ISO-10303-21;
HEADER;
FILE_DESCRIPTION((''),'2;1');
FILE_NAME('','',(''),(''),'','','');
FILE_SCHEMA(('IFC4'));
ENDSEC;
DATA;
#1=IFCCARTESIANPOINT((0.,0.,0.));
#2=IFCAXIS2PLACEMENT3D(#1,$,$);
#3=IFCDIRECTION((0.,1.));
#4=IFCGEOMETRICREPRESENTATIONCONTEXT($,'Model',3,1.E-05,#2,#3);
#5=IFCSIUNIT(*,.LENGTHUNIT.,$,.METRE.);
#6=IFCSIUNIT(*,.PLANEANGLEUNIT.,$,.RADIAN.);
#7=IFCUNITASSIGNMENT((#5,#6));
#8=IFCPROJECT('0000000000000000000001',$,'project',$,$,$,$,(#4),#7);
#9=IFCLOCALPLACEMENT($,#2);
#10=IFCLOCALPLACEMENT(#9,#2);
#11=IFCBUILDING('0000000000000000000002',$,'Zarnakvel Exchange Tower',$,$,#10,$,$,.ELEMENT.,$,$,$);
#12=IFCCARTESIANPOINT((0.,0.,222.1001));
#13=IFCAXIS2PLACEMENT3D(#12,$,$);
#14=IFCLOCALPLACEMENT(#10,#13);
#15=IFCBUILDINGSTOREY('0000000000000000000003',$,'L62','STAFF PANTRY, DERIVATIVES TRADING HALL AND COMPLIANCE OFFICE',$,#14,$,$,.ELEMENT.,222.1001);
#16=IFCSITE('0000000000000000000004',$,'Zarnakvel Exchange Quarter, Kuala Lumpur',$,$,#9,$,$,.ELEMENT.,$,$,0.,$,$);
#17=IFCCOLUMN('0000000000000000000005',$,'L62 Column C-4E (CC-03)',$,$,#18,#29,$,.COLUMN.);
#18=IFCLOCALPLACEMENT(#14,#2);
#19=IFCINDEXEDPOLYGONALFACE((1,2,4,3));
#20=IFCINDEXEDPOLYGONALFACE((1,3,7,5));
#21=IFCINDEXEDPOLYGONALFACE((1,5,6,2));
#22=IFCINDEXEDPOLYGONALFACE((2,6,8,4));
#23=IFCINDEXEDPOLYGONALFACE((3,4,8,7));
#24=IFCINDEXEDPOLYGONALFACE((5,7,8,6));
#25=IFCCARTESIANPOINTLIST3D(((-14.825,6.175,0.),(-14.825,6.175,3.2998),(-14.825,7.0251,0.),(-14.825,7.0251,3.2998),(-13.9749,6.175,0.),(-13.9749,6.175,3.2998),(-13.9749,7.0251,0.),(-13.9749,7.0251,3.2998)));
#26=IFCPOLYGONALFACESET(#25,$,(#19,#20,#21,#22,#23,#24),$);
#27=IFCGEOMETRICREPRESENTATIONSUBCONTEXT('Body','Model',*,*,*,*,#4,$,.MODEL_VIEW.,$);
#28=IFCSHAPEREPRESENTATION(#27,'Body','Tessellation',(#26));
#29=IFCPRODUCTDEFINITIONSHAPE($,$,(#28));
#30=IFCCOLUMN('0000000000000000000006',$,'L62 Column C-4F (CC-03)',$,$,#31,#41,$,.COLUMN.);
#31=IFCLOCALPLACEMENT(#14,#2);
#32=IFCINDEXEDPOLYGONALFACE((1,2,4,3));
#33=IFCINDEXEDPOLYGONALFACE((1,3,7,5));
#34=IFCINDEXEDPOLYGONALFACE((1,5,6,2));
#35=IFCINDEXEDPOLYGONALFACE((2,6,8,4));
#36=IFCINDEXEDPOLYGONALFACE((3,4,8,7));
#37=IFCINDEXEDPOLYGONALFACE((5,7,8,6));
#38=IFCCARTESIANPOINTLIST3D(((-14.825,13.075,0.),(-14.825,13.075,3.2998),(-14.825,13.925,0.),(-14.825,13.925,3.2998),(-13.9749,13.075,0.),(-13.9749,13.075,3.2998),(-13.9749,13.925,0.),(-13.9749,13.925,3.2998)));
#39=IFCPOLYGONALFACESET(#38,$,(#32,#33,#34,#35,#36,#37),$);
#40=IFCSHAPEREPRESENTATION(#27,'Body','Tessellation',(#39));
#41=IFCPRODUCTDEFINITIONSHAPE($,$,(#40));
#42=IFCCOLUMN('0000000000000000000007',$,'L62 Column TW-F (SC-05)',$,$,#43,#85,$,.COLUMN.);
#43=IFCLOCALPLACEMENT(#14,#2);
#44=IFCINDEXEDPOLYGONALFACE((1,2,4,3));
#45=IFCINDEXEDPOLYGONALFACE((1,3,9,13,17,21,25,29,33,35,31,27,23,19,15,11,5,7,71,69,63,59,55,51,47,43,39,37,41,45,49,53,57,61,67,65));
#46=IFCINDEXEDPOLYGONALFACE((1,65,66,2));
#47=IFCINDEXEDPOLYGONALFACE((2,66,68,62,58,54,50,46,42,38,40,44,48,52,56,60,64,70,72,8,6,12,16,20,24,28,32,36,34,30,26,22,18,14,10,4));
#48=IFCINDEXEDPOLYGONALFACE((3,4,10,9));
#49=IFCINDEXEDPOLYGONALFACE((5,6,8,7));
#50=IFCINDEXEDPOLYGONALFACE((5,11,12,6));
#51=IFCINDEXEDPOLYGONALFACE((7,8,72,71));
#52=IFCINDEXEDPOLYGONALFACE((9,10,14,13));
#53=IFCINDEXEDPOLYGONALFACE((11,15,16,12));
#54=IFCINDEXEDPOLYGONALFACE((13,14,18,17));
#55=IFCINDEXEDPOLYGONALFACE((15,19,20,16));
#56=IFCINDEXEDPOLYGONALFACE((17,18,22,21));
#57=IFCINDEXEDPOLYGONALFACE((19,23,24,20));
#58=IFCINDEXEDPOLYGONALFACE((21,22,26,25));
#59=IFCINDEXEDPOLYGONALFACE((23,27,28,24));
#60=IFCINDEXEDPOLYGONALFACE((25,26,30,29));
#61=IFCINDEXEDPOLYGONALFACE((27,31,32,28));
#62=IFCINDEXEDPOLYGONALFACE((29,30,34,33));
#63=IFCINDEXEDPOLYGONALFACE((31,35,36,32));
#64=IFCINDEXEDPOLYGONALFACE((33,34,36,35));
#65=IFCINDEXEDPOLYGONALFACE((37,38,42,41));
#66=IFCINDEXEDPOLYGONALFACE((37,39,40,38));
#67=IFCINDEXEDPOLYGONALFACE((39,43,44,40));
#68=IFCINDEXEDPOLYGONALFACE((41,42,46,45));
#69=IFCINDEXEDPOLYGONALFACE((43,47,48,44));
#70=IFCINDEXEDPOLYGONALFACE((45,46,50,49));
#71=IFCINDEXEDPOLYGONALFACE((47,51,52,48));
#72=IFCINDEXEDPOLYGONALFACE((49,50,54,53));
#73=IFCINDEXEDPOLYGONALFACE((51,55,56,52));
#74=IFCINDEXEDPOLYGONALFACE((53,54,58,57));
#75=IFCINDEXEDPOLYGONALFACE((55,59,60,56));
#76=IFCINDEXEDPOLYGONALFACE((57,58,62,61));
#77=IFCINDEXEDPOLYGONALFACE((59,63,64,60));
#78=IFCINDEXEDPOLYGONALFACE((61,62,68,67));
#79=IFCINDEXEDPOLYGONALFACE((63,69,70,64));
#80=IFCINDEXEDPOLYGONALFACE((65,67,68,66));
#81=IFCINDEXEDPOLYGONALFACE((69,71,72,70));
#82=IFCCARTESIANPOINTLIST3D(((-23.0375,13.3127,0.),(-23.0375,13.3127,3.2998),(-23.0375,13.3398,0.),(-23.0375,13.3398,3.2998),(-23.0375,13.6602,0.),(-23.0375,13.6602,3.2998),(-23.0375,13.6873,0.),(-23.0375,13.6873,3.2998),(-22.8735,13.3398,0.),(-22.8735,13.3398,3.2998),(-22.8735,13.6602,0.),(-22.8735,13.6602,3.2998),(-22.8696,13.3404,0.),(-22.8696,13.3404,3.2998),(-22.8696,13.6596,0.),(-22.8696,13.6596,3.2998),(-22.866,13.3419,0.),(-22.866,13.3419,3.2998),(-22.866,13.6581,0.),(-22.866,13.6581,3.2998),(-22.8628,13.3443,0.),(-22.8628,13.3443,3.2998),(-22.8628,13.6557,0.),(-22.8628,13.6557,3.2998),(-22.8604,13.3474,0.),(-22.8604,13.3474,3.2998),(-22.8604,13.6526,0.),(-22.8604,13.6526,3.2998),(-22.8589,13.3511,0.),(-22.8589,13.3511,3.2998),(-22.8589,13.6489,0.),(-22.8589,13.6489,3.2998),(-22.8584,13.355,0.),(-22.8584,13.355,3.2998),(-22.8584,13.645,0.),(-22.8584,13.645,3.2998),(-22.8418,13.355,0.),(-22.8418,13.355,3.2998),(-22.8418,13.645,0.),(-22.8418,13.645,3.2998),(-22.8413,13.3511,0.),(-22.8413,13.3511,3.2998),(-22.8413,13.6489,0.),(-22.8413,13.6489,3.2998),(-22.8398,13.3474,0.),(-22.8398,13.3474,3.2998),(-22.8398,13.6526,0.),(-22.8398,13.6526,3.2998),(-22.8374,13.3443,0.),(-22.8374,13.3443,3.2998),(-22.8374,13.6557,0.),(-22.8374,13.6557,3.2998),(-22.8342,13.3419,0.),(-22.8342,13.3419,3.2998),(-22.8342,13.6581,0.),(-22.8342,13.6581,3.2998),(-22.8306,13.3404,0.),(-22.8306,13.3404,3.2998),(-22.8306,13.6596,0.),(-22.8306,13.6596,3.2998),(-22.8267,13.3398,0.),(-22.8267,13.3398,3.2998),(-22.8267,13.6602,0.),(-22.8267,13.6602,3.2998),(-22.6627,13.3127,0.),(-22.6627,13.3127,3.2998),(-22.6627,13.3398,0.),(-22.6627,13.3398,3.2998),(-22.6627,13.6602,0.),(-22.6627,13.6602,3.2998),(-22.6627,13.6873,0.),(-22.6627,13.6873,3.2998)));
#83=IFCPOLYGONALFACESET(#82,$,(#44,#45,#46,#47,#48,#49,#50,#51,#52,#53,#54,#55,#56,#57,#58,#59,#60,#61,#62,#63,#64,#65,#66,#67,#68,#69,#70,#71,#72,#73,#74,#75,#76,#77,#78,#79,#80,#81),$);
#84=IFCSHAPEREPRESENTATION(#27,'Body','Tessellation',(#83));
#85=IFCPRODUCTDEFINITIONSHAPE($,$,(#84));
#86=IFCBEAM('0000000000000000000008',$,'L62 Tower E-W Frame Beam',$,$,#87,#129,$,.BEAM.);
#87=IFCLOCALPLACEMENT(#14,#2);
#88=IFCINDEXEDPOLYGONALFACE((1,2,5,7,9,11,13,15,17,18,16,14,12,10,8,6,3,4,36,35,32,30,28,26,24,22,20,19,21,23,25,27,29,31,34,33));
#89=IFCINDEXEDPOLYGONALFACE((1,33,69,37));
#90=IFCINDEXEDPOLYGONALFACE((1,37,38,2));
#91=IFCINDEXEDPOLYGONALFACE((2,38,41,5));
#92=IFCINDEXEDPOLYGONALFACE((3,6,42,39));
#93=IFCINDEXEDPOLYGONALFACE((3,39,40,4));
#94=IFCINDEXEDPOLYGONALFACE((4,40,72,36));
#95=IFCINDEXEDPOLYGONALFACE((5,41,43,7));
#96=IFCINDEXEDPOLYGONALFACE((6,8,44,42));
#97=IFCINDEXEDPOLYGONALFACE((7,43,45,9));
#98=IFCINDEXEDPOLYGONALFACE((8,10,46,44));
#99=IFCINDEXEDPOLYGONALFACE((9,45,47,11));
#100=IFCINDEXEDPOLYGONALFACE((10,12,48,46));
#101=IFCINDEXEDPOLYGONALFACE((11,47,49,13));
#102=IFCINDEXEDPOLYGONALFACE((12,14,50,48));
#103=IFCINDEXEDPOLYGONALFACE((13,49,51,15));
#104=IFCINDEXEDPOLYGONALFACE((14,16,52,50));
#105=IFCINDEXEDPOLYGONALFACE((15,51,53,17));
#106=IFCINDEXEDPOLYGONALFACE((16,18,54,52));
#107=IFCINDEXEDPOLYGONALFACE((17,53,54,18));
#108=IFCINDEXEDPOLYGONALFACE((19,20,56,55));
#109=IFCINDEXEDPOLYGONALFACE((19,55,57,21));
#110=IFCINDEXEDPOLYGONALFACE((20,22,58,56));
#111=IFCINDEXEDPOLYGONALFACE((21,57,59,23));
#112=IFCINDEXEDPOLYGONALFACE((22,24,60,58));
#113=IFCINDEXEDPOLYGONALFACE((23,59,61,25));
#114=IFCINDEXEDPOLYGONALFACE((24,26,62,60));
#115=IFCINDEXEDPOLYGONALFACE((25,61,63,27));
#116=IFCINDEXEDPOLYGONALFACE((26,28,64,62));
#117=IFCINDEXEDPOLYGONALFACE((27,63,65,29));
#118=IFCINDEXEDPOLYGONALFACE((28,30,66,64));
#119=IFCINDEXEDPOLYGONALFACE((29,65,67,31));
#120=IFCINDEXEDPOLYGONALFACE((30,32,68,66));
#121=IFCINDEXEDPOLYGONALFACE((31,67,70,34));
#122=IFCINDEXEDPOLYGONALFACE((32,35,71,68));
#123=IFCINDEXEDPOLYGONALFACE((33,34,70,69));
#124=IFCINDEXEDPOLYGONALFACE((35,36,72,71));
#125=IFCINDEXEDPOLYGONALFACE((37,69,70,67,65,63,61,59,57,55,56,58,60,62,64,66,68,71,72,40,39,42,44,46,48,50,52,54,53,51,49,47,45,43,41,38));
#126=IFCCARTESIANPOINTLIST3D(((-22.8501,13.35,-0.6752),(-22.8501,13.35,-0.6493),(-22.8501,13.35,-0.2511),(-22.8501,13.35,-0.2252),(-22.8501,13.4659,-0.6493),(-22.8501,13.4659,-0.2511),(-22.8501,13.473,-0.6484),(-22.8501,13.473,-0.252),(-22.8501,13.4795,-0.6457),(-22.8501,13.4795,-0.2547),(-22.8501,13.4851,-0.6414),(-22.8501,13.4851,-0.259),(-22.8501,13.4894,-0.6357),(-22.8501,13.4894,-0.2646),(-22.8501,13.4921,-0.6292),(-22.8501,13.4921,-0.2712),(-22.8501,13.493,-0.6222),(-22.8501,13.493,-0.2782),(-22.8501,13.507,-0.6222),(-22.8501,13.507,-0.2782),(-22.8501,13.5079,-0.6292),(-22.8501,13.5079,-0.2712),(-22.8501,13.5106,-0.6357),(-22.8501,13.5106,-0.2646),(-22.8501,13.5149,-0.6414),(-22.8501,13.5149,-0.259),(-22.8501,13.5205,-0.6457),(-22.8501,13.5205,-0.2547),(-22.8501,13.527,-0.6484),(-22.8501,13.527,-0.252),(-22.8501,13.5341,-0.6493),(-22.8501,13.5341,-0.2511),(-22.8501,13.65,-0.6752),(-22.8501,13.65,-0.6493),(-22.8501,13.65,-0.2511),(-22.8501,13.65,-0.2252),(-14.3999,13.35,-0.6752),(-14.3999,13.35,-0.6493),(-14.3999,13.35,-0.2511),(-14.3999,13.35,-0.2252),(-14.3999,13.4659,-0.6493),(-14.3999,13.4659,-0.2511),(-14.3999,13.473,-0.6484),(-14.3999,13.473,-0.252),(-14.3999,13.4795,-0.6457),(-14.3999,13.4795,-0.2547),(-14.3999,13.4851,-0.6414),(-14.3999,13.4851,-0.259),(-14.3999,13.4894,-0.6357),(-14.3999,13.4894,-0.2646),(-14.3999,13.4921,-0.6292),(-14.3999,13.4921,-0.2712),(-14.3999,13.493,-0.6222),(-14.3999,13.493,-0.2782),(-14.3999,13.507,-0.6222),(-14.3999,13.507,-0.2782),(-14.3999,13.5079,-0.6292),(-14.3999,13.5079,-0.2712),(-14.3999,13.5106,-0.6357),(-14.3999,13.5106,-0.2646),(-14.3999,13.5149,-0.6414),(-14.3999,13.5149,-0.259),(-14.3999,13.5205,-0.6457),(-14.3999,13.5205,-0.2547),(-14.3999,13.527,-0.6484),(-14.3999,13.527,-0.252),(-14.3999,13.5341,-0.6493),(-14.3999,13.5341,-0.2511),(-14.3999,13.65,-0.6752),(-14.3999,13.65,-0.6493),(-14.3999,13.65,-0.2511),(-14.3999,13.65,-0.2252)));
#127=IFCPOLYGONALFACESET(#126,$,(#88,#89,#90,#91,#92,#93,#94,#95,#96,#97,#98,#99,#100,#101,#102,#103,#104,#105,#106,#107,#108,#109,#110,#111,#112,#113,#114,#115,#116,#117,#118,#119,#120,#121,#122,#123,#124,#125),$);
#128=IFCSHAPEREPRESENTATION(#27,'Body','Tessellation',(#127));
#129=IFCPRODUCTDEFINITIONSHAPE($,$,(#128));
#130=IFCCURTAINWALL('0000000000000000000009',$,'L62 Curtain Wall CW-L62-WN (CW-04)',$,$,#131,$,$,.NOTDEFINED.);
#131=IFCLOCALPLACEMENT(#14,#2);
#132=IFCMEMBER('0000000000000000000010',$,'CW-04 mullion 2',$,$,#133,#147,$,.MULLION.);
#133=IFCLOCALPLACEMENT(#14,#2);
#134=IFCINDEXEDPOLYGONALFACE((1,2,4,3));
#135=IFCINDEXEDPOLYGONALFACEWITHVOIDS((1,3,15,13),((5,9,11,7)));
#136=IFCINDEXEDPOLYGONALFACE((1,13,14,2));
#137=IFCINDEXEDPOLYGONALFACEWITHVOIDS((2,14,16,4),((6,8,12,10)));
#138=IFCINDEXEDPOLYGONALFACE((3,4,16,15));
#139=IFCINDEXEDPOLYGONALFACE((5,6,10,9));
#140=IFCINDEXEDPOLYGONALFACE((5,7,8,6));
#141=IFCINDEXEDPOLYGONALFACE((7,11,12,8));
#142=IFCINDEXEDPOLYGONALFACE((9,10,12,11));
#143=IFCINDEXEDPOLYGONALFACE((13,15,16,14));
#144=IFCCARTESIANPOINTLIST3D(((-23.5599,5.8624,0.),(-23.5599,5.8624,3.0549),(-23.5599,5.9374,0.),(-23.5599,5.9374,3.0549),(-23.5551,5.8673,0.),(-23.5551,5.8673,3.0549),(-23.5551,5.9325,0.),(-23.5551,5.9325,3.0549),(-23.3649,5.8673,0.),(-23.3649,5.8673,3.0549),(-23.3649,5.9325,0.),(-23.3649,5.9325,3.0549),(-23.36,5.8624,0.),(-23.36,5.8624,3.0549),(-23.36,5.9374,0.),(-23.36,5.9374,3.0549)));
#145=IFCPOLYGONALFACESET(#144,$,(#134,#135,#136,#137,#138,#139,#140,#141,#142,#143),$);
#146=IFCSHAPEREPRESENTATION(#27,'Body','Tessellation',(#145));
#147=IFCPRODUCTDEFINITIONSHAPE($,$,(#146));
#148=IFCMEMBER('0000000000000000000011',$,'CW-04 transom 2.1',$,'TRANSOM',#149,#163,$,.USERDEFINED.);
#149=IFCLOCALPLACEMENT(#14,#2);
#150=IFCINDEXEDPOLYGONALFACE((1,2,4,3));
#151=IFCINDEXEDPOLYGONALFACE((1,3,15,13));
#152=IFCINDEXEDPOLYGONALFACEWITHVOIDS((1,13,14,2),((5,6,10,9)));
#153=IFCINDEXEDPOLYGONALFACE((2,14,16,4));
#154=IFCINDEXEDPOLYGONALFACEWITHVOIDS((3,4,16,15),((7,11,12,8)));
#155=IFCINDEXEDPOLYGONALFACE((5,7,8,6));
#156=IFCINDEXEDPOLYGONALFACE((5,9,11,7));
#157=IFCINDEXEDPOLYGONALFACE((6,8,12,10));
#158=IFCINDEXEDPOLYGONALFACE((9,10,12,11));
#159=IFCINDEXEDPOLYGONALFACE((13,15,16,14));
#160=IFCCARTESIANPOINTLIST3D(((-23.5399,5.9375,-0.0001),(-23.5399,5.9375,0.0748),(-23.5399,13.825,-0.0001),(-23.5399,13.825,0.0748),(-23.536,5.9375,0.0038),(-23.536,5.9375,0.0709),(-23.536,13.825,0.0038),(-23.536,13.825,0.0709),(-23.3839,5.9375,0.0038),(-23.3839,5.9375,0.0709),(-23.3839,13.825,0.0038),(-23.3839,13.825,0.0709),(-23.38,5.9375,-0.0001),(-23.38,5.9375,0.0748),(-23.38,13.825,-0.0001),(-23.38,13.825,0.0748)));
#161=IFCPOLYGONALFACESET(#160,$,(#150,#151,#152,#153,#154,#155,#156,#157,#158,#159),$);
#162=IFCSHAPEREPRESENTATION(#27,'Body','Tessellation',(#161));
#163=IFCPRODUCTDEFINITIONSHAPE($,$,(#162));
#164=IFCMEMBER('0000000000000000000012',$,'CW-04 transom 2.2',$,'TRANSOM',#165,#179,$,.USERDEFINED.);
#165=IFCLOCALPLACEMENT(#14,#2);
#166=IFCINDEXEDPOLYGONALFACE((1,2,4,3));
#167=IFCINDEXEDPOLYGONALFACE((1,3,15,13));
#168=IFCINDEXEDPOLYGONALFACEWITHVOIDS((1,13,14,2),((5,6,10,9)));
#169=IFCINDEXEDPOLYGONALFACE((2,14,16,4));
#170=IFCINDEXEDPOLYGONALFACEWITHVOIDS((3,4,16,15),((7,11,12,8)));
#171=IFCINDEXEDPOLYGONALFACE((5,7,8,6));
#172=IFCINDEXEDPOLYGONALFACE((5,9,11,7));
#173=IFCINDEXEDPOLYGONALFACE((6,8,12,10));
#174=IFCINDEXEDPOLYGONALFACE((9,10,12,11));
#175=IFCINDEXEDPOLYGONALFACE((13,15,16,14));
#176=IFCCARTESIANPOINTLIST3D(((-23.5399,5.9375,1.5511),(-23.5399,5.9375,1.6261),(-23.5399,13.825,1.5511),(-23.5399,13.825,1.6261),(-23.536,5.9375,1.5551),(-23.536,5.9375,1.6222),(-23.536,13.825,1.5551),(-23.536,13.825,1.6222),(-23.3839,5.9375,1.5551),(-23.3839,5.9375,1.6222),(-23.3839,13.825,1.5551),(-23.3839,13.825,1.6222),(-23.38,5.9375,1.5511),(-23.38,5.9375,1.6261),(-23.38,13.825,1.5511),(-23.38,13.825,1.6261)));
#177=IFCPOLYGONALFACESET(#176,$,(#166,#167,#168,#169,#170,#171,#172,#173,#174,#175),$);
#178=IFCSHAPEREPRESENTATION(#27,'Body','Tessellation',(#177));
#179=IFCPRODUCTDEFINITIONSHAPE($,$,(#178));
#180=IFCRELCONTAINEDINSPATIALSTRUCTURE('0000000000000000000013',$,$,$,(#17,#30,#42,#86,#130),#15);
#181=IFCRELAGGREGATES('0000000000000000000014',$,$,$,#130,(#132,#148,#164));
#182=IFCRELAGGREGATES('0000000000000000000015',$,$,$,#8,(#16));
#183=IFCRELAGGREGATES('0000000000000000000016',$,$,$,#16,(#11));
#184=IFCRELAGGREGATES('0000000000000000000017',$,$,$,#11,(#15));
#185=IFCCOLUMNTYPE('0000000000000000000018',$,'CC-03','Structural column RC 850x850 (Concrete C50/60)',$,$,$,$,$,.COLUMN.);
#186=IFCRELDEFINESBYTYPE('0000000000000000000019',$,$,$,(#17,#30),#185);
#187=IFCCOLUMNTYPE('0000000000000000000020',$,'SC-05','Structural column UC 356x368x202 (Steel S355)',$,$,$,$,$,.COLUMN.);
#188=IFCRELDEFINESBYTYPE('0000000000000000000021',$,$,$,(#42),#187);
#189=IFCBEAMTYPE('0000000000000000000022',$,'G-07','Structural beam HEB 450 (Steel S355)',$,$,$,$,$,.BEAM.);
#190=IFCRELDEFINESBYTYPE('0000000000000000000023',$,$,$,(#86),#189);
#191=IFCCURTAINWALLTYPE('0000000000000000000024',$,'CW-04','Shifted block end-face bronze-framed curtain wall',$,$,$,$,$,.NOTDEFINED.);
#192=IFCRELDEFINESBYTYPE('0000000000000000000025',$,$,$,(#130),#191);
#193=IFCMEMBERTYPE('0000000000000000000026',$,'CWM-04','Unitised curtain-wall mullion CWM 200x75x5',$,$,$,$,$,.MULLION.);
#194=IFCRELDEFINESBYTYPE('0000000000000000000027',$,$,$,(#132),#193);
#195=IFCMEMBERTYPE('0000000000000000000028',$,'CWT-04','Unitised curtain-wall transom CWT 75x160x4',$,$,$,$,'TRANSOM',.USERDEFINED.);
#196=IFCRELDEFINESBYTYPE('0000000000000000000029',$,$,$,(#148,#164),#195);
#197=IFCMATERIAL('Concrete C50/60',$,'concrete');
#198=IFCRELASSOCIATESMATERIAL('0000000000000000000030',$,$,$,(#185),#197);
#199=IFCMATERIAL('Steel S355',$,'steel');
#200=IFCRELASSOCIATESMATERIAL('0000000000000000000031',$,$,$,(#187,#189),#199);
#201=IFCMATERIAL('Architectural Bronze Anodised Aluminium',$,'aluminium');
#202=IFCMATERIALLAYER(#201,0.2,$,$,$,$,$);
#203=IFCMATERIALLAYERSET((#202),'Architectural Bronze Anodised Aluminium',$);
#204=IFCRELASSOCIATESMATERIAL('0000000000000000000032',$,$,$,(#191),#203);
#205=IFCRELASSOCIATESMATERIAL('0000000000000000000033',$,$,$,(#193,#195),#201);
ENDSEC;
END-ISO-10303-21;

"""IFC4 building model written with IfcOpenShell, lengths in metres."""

from ifc_helpers import new_model, si_unit, direction, frame, origin, origin_2d, place, context, subcontext, project, spatial, rectangle, hollow_rectangle, i_section, extrude, source, transform, mapped, material, layer, layer_set, material_profile, profile_set, type_object, element, aggregate, save


model = new_model("IFC4")

# Units and contexts
model_context = context("Model", 3, precision=1e-05, world=origin(), true_north=direction((0.0, 1.0)))
body_context = subcontext(model_context, "Body", "Model", "MODEL_VIEW")
ifc_project = project(units=[si_unit("LENGTHUNIT", "METRE"), si_unit("PLANEANGLEUNIT", "RADIAN")], contexts=[model_context])

# Site, building, storey
site_placement = place(None, origin())
site = spatial("IfcSite", under=ifc_project, at=site_placement, Name="Zarnakvel Exchange Quarter, Kuala Lumpur", CompositionType="ELEMENT", RefElevation=0.0)
building_placement = place(site_placement, origin())
building = spatial("IfcBuilding", under=site, at=building_placement, Name="Zarnakvel Exchange Tower", CompositionType="ELEMENT")
storey_placement = place(building_placement, frame((0.0, 0.0, 222.1001)))
storey = spatial("IfcBuildingStorey", under=building, at=storey_placement, Name="L62", Description="STAFF PANTRY, DERIVATIVES TRADING HALL AND COMPLIANCE OFFICE", CompositionType="ELEMENT", Elevation=222.1001)

# Columns
ifc_material_1 = material(Name="Concrete C50/60", Category="concrete")
ifc_material_profile_1 = material_profile(ifc_material_1, rectangle(XDim=0.8501, YDim=0.8501, at=origin_2d()))
ifc_profile_set_1 = profile_set([ifc_material_profile_1], Name="Concrete C50/60")
column_type_1 = type_object("IfcColumnType", Name="CC-03", Description="Structural column RC 850x850 (Concrete C50/60)", PredefinedType="COLUMN", material=ifc_profile_set_1)
for number, where, z_axis, x_axis, name in (
    (1, (-14.3999, 6.6001, 0.0), (0.0, 0.0, 1.0), (1.0, 0.0, 0.0), "L62 Column C-4E (CC-03)"),
    (2, (-14.3999, 13.5, 0.0), (0.0, 0.0, 1.0), (1.0, 0.0, 0.0), "L62 Column C-4F (CC-03)"),
):
    element("IfcColumn", number, at=place(storey_placement, frame(where, z_axis=z_axis, x_axis=x_axis)), inside=storey, type_object=column_type_1, Name=name, PredefinedType="COLUMN", context=body_context, shape_type="SweptSolid", body=[
        extrude(rectangle(XDim=0.8501, YDim=0.8501, at=origin_2d()), origin(), (0.0, 0.0, 1.0), 3.2998),
    ])
ifc_material_2 = material(Name="Steel S355", Category="steel")
ifc_material_profile_2 = material_profile(ifc_material_2, i_section(OverallWidth=0.3748, OverallDepth=0.3745, WebThickness=0.0166, FlangeThickness=0.0271, FilletRadius=0.0151, at=origin_2d()))
ifc_profile_set_2 = profile_set([ifc_material_profile_2], Name="Steel S355")
column_type_2 = type_object("IfcColumnType", Name="SC-05", Description="Structural column UC 356x368x202 (Steel S355)", PredefinedType="COLUMN", material=ifc_profile_set_2)
column_placement = place(storey_placement, frame((-22.8501, 13.5, 0.0), z_axis=(0.0, 0.0, 1.0), x_axis=(1.0, 0.0, 0.0)))
element("IfcColumn", 3, at=column_placement, inside=storey, type_object=column_type_2, Name="L62 Column TW-F (SC-05)", PredefinedType="COLUMN", context=body_context, shape_type="SweptSolid", body=[
    extrude(i_section(OverallWidth=0.3748, OverallDepth=0.3745, WebThickness=0.0166, FlangeThickness=0.0271, FilletRadius=0.0151, at=origin_2d()), origin(), (0.0, 0.0, 1.0), 3.2998),
])

# Beam
ifc_material_profile_3 = material_profile(ifc_material_2, i_section(OverallWidth=0.3, OverallDepth=0.45, WebThickness=0.0139, FlangeThickness=0.0259, FilletRadius=0.0271, at=origin_2d()))
ifc_profile_set_3 = profile_set([ifc_material_profile_3], Name="Steel S355")
beam_type = type_object("IfcBeamType", Name="G-07", Description="Structural beam HEB 450 (Steel S355)", PredefinedType="BEAM", material=ifc_profile_set_3)
beam_placement = place(storey_placement, frame((-22.8501, 13.5, -0.4502), z_axis=(1.0, 0.0, 0.0), x_axis=(0.0, 1.0, 0.0)))
element("IfcBeam", 4, at=beam_placement, inside=storey, type_object=beam_type, Name="L62 Tower E-W Frame Beam", PredefinedType="BEAM", context=body_context, shape_type="SweptSolid", body=[
    extrude(i_section(OverallWidth=0.3, OverallDepth=0.45, WebThickness=0.0139, FlangeThickness=0.0259, FilletRadius=0.0271, at=origin_2d()), origin(), (0.0, 0.0, 1.0), 8.4502),
])

# Curtain wall, members
ifc_material_3 = material(Name="Architectural Bronze Anodised Aluminium", Category="aluminium")
ifc_layer_1 = layer(ifc_material_3, 0.2)
ifc_layer_set_1 = layer_set([ifc_layer_1], Name="Architectural Bronze Anodised Aluminium")
curtain_wall_type = type_object("IfcCurtainWallType", Name="CW-04", Description="Shifted block end-face bronze-framed curtain wall", PredefinedType="NOTDEFINED", material=ifc_layer_set_1)
curtain_wall_placement = place(storey_placement, origin())
curtain_wall = element("IfcCurtainWall", 5, at=curtain_wall_placement, inside=storey, type_object=curtain_wall_type, Name="L62 Curtain Wall CW-L62-WN (CW-04)", PredefinedType="NOTDEFINED")
ifc_material_profile_4 = material_profile(ifc_material_3, hollow_rectangle(XDim=0.2, YDim=0.075, WallThickness=0.0049, at=origin_2d()))
ifc_profile_set_4 = profile_set([ifc_material_profile_4], Name="Architectural Bronze Anodised Aluminium")
member_type_1 = type_object("IfcMemberType", Name="CWM-04", Description="Unitised curtain-wall mullion CWM 200x75x5", PredefinedType="MULLION", material=ifc_profile_set_4)
shared_shape_1 = source(origin(), body_context, "Body", "SweptSolid", [
    extrude(hollow_rectangle(XDim=0.2, YDim=0.075, WallThickness=0.0049, at=origin_2d()), origin(), (0.0, 0.0, 1.0), 3.0549),
])
member_1_placement = place(storey_placement, frame((-23.46, 5.8999, 0.0), z_axis=(0.0, 0.0, 1.0), x_axis=(-1.0, 0.0, 0.0)))
member_1 = element("IfcMember", 6, at=member_1_placement, type_object=member_type_1, Name="CW-04 mullion 2", PredefinedType="MULLION", context=body_context, shape_type="MappedRepresentation", body=[
    mapped(shared_shape_1, transform((0.0, 0.0, 0.0), x_axis=(1.0, 0.0, 0.0), y_axis=(0.0, 1.0, 0.0), z_axis=(0.0, 0.0, 1.0), scale=1.0)),
])
ifc_material_profile_5 = material_profile(ifc_material_3, hollow_rectangle(XDim=0.1599, YDim=0.075, WallThickness=0.0039, at=origin_2d()))
ifc_profile_set_5 = profile_set([ifc_material_profile_5], Name="Architectural Bronze Anodised Aluminium")
member_type_2 = type_object("IfcMemberType", Name="CWT-04", Description="Unitised curtain-wall transom CWT 75x160x4", ElementType="TRANSOM", PredefinedType="USERDEFINED", material=ifc_profile_set_5)
shared_shape_2 = source(origin(), body_context, "Body", "SweptSolid", [
    extrude(hollow_rectangle(XDim=0.1599, YDim=0.075, WallThickness=0.0039, at=origin_2d()), origin(), (0.0, 0.0, 1.0), 7.8875),
])
member_2_placement = place(storey_placement, frame((-23.46, 5.9375, 0.0374), z_axis=(0.0, 1.0, 0.0), x_axis=(-1.0, 0.0, 0.0)))
member_2 = element("IfcMember", 7, at=member_2_placement, type_object=member_type_2, Name="CW-04 transom 2.1", ObjectType="TRANSOM", PredefinedType="USERDEFINED", context=body_context, shape_type="MappedRepresentation", body=[
    mapped(shared_shape_2, transform((0.0, 0.0, 0.0), x_axis=(1.0, 0.0, 0.0), y_axis=(0.0, 1.0, 0.0), z_axis=(0.0, 0.0, 1.0), scale=1.0)),
])
member_3_placement = place(storey_placement, frame((-23.46, 5.9375, 1.5886), z_axis=(0.0, 1.0, 0.0), x_axis=(-1.0, 0.0, 0.0)))
member_3 = element("IfcMember", 8, at=member_3_placement, type_object=member_type_2, Name="CW-04 transom 2.2", ObjectType="TRANSOM", PredefinedType="USERDEFINED", context=body_context, shape_type="MappedRepresentation", body=[
    mapped(shared_shape_2, transform((0.0, 0.0, 0.0), x_axis=(1.0, 0.0, 0.0), y_axis=(0.0, 1.0, 0.0), z_axis=(0.0, 0.0, 1.0), scale=1.0)),
])
aggregate(curtain_wall, [member_1, member_2, member_3])

save(model, "model.ifc")
